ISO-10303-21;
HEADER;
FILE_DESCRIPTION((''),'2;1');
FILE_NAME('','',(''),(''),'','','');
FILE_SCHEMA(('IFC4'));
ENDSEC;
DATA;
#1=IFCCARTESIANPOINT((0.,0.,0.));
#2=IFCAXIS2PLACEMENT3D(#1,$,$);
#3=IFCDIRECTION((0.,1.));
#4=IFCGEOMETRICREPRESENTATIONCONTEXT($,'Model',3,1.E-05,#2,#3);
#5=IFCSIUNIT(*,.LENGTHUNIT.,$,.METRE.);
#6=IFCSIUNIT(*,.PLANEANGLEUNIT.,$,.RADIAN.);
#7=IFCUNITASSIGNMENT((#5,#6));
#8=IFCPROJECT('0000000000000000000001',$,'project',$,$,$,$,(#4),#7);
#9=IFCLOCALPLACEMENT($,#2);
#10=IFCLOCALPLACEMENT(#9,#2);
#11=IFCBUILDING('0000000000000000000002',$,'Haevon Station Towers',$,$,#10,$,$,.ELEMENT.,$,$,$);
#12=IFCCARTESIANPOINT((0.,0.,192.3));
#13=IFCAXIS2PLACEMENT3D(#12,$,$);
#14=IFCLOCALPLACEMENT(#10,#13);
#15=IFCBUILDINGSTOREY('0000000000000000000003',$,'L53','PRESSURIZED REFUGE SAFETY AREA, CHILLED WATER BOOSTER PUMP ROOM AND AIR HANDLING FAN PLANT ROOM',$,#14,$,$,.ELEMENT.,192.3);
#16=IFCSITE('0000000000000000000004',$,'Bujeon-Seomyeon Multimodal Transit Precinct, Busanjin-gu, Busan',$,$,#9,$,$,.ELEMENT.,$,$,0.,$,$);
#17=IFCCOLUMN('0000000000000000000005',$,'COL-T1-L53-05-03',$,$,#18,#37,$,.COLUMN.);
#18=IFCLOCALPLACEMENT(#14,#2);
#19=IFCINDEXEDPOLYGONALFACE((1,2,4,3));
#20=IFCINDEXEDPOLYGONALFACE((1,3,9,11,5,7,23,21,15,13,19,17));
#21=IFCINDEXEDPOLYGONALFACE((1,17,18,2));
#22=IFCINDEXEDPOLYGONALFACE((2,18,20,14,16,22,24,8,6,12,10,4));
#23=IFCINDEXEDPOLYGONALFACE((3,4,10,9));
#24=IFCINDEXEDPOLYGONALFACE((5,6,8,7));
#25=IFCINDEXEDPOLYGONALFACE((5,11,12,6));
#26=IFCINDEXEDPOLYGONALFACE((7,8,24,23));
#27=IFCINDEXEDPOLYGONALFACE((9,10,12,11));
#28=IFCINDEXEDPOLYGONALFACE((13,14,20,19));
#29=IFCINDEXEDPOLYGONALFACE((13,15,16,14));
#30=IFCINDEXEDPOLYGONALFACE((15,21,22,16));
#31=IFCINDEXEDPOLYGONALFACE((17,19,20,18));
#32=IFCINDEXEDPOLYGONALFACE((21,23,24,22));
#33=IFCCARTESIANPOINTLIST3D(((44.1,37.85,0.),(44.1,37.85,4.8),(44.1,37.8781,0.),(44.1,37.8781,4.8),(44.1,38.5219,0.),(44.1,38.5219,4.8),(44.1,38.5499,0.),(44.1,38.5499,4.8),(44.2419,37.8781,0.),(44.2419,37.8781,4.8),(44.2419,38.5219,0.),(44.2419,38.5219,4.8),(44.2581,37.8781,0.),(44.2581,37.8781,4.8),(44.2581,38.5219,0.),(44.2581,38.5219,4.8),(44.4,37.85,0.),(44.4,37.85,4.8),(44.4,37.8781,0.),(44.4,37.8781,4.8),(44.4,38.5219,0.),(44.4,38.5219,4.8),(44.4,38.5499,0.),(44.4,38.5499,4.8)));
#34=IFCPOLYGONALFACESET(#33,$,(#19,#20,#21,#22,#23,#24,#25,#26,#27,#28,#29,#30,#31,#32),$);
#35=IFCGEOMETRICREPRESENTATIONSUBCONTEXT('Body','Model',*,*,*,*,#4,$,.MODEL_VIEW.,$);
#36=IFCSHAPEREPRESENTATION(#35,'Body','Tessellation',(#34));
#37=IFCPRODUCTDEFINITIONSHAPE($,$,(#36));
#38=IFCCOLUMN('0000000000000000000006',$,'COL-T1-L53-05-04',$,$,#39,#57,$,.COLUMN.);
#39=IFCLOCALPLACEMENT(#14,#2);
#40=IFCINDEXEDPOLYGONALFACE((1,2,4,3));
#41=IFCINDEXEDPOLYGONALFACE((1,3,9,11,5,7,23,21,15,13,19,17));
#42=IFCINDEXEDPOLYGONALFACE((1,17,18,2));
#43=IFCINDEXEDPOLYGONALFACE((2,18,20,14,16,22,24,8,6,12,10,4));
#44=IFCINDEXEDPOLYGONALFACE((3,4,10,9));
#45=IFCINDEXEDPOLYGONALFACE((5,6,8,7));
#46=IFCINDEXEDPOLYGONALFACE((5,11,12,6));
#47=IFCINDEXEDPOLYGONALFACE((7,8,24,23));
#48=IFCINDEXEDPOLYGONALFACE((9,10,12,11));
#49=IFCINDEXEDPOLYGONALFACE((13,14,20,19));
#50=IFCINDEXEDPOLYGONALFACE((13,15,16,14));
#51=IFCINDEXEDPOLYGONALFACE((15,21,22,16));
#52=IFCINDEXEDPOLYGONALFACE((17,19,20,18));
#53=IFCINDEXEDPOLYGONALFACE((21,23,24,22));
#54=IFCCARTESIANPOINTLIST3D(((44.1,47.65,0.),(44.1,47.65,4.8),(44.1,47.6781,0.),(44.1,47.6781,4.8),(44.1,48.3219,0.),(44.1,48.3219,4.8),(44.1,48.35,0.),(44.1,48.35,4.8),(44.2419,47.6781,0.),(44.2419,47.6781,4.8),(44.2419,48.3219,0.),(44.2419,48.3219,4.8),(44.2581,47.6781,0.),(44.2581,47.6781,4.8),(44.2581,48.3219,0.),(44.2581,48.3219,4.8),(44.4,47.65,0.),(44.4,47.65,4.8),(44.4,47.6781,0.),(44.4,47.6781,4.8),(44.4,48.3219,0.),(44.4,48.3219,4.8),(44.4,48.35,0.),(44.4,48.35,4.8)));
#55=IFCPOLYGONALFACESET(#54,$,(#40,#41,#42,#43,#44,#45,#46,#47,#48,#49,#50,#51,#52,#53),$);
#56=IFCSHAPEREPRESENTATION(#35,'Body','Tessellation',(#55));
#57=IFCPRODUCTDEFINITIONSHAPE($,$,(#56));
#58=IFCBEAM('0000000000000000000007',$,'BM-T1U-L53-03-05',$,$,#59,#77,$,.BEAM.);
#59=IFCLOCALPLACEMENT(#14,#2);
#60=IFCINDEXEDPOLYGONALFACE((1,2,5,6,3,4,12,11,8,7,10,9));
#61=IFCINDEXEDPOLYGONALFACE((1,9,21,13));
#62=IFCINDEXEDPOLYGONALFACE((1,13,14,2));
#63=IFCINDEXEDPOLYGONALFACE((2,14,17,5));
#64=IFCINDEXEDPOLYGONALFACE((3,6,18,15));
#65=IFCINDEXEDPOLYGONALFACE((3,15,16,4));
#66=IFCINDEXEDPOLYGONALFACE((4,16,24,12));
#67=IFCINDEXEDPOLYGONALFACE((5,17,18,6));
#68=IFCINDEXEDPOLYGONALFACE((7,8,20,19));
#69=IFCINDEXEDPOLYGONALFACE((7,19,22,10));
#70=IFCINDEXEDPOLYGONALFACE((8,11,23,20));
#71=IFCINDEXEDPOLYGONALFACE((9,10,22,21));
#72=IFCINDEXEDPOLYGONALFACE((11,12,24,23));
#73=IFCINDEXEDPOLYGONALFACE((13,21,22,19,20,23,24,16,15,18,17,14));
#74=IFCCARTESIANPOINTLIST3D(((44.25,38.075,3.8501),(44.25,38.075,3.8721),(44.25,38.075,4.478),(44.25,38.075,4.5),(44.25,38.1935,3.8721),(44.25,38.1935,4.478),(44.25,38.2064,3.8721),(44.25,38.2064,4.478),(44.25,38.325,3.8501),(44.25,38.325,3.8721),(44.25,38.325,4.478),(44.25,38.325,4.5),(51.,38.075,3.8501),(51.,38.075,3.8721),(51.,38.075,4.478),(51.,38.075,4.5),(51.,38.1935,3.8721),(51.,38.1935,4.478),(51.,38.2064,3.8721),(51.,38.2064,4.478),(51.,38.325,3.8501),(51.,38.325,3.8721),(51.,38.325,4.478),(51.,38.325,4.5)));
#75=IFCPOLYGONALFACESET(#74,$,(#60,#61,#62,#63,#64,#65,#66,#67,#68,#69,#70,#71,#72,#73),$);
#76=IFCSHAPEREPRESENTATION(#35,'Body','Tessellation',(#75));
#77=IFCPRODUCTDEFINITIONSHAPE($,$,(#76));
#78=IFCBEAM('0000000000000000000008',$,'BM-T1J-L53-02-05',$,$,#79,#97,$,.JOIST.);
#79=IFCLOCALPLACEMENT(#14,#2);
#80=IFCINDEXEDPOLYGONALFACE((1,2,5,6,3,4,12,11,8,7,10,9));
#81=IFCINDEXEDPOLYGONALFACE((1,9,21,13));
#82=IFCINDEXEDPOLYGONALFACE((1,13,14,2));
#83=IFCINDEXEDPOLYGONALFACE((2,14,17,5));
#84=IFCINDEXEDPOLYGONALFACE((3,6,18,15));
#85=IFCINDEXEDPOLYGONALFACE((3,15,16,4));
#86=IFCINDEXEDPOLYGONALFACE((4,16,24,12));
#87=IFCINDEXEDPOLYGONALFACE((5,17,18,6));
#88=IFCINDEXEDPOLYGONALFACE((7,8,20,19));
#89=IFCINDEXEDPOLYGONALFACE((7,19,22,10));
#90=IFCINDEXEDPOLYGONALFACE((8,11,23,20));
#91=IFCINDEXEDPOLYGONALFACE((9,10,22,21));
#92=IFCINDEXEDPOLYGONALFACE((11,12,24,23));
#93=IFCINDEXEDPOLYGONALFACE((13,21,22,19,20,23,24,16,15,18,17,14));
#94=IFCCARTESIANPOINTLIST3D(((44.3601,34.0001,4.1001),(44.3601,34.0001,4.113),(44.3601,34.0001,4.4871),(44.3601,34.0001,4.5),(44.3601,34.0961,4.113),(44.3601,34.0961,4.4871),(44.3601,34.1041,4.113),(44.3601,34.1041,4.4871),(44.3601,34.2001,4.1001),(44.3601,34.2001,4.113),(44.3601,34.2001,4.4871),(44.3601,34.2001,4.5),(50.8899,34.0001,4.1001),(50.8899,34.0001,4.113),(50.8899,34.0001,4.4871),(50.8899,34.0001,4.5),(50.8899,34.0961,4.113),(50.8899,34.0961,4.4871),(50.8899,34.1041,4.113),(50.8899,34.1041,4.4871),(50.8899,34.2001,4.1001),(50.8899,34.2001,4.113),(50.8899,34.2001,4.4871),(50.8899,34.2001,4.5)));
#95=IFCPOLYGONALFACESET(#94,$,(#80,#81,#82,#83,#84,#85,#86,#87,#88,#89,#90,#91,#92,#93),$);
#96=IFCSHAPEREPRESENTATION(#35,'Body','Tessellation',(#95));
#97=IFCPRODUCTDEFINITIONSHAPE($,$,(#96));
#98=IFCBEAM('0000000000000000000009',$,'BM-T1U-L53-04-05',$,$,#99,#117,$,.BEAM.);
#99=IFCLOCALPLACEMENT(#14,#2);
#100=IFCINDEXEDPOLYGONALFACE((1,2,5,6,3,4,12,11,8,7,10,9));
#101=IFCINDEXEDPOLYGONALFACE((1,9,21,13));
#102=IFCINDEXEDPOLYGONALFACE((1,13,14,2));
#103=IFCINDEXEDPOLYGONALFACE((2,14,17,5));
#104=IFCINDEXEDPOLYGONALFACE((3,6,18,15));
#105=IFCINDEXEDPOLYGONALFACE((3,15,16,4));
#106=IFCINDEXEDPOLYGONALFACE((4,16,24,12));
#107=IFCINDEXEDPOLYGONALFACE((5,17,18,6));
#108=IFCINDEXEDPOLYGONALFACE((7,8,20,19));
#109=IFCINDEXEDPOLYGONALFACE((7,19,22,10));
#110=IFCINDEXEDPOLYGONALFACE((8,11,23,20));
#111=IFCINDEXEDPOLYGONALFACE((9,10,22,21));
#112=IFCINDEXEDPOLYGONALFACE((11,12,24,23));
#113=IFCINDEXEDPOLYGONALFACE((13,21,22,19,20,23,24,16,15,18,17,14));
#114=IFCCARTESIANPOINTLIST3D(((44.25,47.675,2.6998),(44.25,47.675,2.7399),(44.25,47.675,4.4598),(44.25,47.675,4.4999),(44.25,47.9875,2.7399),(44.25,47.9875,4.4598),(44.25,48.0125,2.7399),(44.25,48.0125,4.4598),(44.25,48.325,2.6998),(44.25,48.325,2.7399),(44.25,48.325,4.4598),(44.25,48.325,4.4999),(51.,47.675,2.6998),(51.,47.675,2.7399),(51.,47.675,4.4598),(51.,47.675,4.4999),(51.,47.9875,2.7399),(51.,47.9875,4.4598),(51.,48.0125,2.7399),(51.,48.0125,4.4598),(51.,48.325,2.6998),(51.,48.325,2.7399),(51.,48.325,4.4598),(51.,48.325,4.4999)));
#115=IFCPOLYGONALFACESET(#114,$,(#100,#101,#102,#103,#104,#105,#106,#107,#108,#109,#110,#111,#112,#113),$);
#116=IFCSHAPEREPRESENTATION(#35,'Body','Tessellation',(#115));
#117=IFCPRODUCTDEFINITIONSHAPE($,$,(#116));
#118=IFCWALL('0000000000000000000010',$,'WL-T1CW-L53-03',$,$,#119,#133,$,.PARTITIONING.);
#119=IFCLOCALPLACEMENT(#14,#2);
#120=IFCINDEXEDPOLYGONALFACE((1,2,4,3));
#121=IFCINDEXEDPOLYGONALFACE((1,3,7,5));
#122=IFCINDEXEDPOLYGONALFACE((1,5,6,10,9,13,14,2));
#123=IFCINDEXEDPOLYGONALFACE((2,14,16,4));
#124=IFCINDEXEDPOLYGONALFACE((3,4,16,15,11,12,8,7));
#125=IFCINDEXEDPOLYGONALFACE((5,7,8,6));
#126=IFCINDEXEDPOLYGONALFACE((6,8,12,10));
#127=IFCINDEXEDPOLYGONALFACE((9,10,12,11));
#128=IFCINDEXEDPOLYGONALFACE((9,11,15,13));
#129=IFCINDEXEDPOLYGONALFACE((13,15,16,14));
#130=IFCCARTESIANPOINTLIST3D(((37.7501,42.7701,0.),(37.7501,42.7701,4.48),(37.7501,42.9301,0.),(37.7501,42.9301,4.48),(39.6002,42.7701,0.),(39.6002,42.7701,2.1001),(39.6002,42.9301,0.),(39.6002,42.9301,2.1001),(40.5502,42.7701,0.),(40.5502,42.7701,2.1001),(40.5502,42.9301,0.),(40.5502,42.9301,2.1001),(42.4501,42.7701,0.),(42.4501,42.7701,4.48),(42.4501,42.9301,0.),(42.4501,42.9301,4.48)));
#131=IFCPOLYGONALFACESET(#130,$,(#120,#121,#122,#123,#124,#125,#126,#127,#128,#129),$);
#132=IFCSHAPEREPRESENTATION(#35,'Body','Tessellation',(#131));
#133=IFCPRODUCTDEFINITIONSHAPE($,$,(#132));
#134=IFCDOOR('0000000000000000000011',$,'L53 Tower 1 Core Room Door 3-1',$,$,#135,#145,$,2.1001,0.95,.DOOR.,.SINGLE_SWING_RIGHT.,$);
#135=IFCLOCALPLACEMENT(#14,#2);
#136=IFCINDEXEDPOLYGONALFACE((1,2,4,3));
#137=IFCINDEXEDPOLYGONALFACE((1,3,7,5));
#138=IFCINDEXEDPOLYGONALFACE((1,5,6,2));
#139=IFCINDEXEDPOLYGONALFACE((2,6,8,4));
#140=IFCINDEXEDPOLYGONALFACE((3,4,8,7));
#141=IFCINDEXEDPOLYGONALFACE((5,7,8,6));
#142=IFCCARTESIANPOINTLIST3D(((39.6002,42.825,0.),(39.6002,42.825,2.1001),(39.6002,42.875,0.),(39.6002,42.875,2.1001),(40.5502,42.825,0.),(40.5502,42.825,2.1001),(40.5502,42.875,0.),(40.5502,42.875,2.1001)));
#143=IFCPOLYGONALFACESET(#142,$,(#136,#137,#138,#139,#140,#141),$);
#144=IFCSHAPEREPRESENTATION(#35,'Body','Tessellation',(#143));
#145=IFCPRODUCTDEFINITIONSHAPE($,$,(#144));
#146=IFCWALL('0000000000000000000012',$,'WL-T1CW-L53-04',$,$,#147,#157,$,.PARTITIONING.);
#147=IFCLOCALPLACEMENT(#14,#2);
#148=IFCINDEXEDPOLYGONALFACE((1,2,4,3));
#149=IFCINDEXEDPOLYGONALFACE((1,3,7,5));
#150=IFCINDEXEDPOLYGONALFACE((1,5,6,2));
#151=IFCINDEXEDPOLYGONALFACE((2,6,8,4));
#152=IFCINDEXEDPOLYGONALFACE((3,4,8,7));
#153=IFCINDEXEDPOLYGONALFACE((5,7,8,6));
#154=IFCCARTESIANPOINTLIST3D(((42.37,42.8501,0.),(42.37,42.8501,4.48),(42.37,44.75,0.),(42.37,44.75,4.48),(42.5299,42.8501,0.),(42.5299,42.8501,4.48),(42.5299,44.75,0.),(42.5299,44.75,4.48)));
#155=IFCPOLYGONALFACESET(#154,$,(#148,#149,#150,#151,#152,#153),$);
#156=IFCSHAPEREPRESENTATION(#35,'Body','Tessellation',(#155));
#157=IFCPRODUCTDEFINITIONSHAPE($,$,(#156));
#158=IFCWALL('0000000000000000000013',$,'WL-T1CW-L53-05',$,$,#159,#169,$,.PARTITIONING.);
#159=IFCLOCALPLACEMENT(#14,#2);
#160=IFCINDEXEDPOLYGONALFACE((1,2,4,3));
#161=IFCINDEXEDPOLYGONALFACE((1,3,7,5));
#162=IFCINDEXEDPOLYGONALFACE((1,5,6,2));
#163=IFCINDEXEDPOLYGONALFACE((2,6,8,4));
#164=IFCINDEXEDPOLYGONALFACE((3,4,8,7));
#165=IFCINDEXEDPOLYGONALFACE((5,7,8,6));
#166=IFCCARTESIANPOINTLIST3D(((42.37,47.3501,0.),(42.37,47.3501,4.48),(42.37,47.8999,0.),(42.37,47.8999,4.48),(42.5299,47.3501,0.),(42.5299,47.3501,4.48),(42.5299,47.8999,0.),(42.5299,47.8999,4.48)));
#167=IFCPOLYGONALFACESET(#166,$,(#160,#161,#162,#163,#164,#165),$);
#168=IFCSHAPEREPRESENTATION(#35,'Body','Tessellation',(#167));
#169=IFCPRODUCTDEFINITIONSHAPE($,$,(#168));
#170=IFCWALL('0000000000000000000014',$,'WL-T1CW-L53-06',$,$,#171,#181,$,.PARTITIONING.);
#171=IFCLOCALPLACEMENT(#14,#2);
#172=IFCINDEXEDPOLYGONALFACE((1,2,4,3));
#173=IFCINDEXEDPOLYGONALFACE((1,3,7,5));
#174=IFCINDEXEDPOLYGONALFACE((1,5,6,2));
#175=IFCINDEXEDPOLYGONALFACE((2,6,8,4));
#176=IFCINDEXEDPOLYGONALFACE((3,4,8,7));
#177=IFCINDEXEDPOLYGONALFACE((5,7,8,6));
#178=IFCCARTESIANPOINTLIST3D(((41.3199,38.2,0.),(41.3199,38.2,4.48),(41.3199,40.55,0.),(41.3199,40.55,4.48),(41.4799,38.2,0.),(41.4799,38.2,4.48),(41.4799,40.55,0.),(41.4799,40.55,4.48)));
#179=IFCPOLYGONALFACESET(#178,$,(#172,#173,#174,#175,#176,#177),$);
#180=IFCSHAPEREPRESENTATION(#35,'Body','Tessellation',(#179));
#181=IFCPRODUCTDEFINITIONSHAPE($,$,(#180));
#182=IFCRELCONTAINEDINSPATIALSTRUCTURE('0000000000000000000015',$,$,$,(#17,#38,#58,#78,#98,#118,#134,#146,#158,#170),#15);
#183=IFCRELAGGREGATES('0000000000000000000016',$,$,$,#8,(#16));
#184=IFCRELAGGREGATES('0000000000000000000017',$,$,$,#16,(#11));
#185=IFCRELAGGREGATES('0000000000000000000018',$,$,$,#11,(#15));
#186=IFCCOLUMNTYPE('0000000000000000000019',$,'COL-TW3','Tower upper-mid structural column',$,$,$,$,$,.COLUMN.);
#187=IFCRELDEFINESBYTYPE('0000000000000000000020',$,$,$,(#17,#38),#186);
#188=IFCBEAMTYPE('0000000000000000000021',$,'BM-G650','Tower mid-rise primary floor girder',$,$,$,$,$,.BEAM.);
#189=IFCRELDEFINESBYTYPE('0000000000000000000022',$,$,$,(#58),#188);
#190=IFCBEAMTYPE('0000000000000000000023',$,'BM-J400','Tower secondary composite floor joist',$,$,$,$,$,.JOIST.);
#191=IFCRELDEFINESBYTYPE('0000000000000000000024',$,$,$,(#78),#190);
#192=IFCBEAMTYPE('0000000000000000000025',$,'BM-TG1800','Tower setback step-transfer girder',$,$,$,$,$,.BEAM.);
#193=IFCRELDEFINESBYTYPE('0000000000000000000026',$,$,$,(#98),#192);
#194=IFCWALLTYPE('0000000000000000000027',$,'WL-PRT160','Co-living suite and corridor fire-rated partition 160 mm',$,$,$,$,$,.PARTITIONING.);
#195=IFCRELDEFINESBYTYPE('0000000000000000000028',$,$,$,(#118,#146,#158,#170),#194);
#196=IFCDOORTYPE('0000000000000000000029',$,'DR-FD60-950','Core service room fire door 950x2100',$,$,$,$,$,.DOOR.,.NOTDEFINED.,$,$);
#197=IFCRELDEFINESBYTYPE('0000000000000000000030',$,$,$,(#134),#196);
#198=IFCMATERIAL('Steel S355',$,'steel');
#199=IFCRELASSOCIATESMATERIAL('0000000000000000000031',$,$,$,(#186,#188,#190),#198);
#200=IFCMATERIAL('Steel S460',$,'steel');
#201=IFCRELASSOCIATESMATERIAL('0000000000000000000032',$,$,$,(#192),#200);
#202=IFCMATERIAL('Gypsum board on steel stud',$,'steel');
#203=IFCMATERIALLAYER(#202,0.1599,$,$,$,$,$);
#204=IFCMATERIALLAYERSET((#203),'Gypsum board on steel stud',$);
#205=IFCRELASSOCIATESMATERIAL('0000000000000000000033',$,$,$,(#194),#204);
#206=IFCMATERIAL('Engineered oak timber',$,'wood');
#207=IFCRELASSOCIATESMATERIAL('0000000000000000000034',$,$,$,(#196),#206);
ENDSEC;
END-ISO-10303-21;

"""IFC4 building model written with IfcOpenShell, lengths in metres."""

from ifc_helpers import new_model, si_unit, direction, frame, frame_2d, origin, origin_2d, place, context, subcontext, project, spatial, rectangle, i_section, extrude, material, layer, layer_set, material_profile, profile_set, type_object, element, fill, save


model = new_model("IFC4")

# Units and contexts
model_context = context("Model", 3, precision=1e-05, world=origin(), true_north=direction((0.0, 1.0)))
body_context = subcontext(model_context, "Body", "Model", "MODEL_VIEW")
ifc_project = project(units=[si_unit("LENGTHUNIT", "METRE"), si_unit("PLANEANGLEUNIT", "RADIAN")], contexts=[model_context])

# Site, building, storey
site_placement = place(None, origin())
site = spatial("IfcSite", under=ifc_project, at=site_placement, Name="Bujeon-Seomyeon Multimodal Transit Precinct, Busanjin-gu, Busan", CompositionType="ELEMENT", RefElevation=0.0)
building_placement = place(site_placement, origin())
building = spatial("IfcBuilding", under=site, at=building_placement, Name="Haevon Station Towers", CompositionType="ELEMENT")
storey_placement = place(building_placement, frame((0.0, 0.0, 192.3)))
storey = spatial("IfcBuildingStorey", under=building, at=storey_placement, Name="L53", Description="PRESSURIZED REFUGE SAFETY AREA, CHILLED WATER BOOSTER PUMP ROOM AND AIR HANDLING FAN PLANT ROOM", CompositionType="ELEMENT", Elevation=192.3)

# Columns
ifc_material_1 = material(Name="Steel S355", Category="steel")
ifc_material_profile_1 = material_profile(ifc_material_1, i_section(OverallWidth=0.3, OverallDepth=0.7, WebThickness=0.0161, FlangeThickness=0.0281, at=origin_2d()), Name="H-700x300x16x28")
ifc_profile_set_1 = profile_set([ifc_material_profile_1], Name="Steel S355")
column_type = type_object("IfcColumnType", Name="COL-TW3", Description="Tower upper-mid structural column", PredefinedType="COLUMN", material=ifc_profile_set_1)
for number, where, z_axis, x_axis, name in (
    (1, (44.25, 38.2, 0.0), (0.0, 0.0, 1.0), (1.0, 0.0, 0.0), "COL-T1-L53-05-03"),
    (2, (44.25, 48.0, 0.0), (0.0, 0.0, 1.0), (1.0, 0.0, 0.0), "COL-T1-L53-05-04"),
):
    element("IfcColumn", number, at=place(storey_placement, frame(where, z_axis=z_axis, x_axis=x_axis)), inside=storey, type_object=column_type, Name=name, PredefinedType="COLUMN", context=body_context, shape_type="SweptSolid", body=[
        extrude(i_section(OverallWidth=0.3, OverallDepth=0.7, WebThickness=0.0161, FlangeThickness=0.0281, at=origin_2d()), origin(), (0.0, 0.0, 1.0), 4.8),
    ])

# Beams
ifc_material_profile_2 = material_profile(ifc_material_1, i_section(OverallWidth=0.25, OverallDepth=0.6499, WebThickness=0.0129, FlangeThickness=0.022, at=origin_2d()), Name="H-650x250x13x22")
ifc_profile_set_2 = profile_set([ifc_material_profile_2], Name="Steel S355")
beam_type_1 = type_object("IfcBeamType", Name="BM-G650", Description="Tower mid-rise primary floor girder", PredefinedType="BEAM", material=ifc_profile_set_2)
beam_1_placement = place(storey_placement, frame((44.25, 38.2, 4.175), z_axis=(1.0, 0.0, 0.0), x_axis=(0.0, 1.0, 0.0)))
element("IfcBeam", 3, at=beam_1_placement, inside=storey, type_object=beam_type_1, Name="BM-T1U-L53-03-05", PredefinedType="BEAM", context=body_context, shape_type="SweptSolid", body=[
    extrude(i_section(OverallWidth=0.25, OverallDepth=0.6499, WebThickness=0.0129, FlangeThickness=0.022, at=origin_2d()), origin(), (0.0, 0.0, 1.0), 6.75),
])
ifc_material_profile_3 = material_profile(ifc_material_1, i_section(OverallWidth=0.2, OverallDepth=0.3999, WebThickness=0.0081, FlangeThickness=0.0129, at=origin_2d()), Name="H-400x200x8x13")
ifc_profile_set_3 = profile_set([ifc_material_profile_3], Name="Steel S355")
beam_type_2 = type_object("IfcBeamType", Name="BM-J400", Description="Tower secondary composite floor joist", PredefinedType="JOIST", material=ifc_profile_set_3)
beam_2_placement = place(storey_placement, frame((44.3601, 34.1001, 4.3), z_axis=(1.0, 0.0, 0.0), x_axis=(0.0, 1.0, 0.0)))
element("IfcBeam", 4, at=beam_2_placement, inside=storey, type_object=beam_type_2, Name="BM-T1J-L53-02-05", PredefinedType="JOIST", context=body_context, shape_type="SweptSolid", body=[
    extrude(i_section(OverallWidth=0.2, OverallDepth=0.3999, WebThickness=0.0081, FlangeThickness=0.0129, at=origin_2d()), origin(), (0.0, 0.0, 1.0), 6.5298),
])
ifc_material_2 = material(Name="Steel S460", Category="steel")
ifc_material_profile_4 = material_profile(ifc_material_2, i_section(OverallWidth=0.6499, OverallDepth=1.8, WebThickness=0.0249, FlangeThickness=0.04, at=origin_2d()), Name="H-1800x650x25x40")
ifc_profile_set_4 = profile_set([ifc_material_profile_4], Name="Steel S460")
beam_type_3 = type_object("IfcBeamType", Name="BM-TG1800", Description="Tower setback step-transfer girder", PredefinedType="BEAM", material=ifc_profile_set_4)
beam_3_placement = place(storey_placement, frame((44.25, 48.0, 3.5999), z_axis=(1.0, 0.0, 0.0), x_axis=(0.0, 1.0, 0.0)))
element("IfcBeam", 5, at=beam_3_placement, inside=storey, type_object=beam_type_3, Name="BM-T1U-L53-04-05", PredefinedType="BEAM", context=body_context, shape_type="SweptSolid", body=[
    extrude(i_section(OverallWidth=0.6499, OverallDepth=1.8, WebThickness=0.0249, FlangeThickness=0.04, at=origin_2d()), origin(), (0.0, 0.0, 1.0), 6.75),
])

# Wall, opening, door
ifc_material_3 = material(Name="Gypsum board on steel stud", Category="steel")
ifc_layer_1 = layer(ifc_material_3, 0.1599)
ifc_layer_set_1 = layer_set([ifc_layer_1], Name="Gypsum board on steel stud")
wall_type_1 = type_object("IfcWallType", Name="WL-PRT160", Description="Co-living suite and corridor fire-rated partition 160 mm", PredefinedType="PARTITIONING", material=ifc_layer_set_1)
wall_1_placement = place(storey_placement, frame((37.75, 42.8501, 0.0), z_axis=(0.0, 0.0, 1.0), x_axis=(1.0, 0.0, 0.0)))
wall_1 = element("IfcWall", 6, at=wall_1_placement, inside=storey, type_object=wall_type_1, Name="WL-T1CW-L53-03", PredefinedType="PARTITIONING", context=body_context, shape_type="SweptSolid", body=[
    extrude(rectangle(XDim=4.7, YDim=0.1599, at=frame_2d((2.3501, 0.0))), origin(), (0.0, 0.0, 1.0), 4.48),
])
opening_1_placement = place(wall_1_placement, frame((1.8501, 0.0, 0.0)))
opening_1 = element("IfcOpeningElement", 7, at=opening_1_placement, cuts=wall_1, PredefinedType="OPENING", context=body_context, shape_type="SweptSolid", body=[
    extrude(rectangle(XDim=0.95, YDim=2.1001, at=frame_2d((0.4751, 1.05))), frame((0.0, 0.0898, 0.0), z_axis=(0.0, -1.0, 0.0), x_axis=(1.0, 0.0, 0.0)), (0.0, 0.0, 1.0), 0.1799),
])
ifc_material_4 = material(Name="Engineered oak timber", Category="wood")
door_type_1 = type_object("IfcDoorType", Name="DR-FD60-950", Description="Core service room fire door 950x2100", OperationType="NOTDEFINED", PredefinedType="DOOR", material=ifc_material_4)
door_1_placement = place(opening_1_placement, origin())
door_1 = element("IfcDoor", 8, at=door_1_placement, inside=storey, type_object=door_type_1, Name="L53 Tower 1 Core Room Door 3-1", OperationType="SINGLE_SWING_RIGHT", OverallHeight=2.1001, OverallWidth=0.95, PredefinedType="DOOR", context=body_context, shape_type="SweptSolid", body=[
    extrude(rectangle(XDim=0.95, YDim=2.1001, at=frame_2d((0.4751, 1.05))), frame((0.0, 0.0249, 0.0), z_axis=(0.0, -1.0, 0.0), x_axis=(1.0, 0.0, 0.0)), (0.0, 0.0, 1.0), 0.05),
])
fill(opening_1, door_1)

# Walls
wall_2_placement = place(storey_placement, frame((42.45, 42.8501, 0.0), z_axis=(0.0, 0.0, 1.0), x_axis=(0.0, 1.0, 0.0)))
element("IfcWall", 9, at=wall_2_placement, inside=storey, type_object=wall_type_1, Name="WL-T1CW-L53-04", PredefinedType="PARTITIONING", context=body_context, shape_type="SweptSolid", body=[
    extrude(rectangle(XDim=1.8999, YDim=0.1599, at=frame_2d((0.95, 0.0))), origin(), (0.0, 0.0, 1.0), 4.48),
])
wall_3_placement = place(storey_placement, frame((42.45, 47.3501, 0.0), z_axis=(0.0, 0.0, 1.0), x_axis=(0.0, 1.0, 0.0)))
element("IfcWall", 10, at=wall_3_placement, inside=storey, type_object=wall_type_1, Name="WL-T1CW-L53-05", PredefinedType="PARTITIONING", context=body_context, shape_type="SweptSolid", body=[
    extrude(rectangle(XDim=0.5498, YDim=0.1599, at=frame_2d((0.2749, 0.0))), origin(), (0.0, 0.0, 1.0), 4.48),
])
for number, where, z_axis, x_axis, name in (
    (11, (41.3999, 38.2, 0.0), (0.0, 0.0, 1.0), (0.0, 1.0, 0.0), "WL-T1CW-L53-06"),
):
    element("IfcWall", number, at=place(storey_placement, frame(where, z_axis=z_axis, x_axis=x_axis)), inside=storey, type_object=wall_type_1, Name=name, PredefinedType="PARTITIONING", context=body_context, shape_type="SweptSolid", body=[
        extrude(rectangle(XDim=2.3501, YDim=0.1599, at=frame_2d((1.175, 0.0))), origin(), (0.0, 0.0, 1.0), 4.48),
    ])

save(model, "model.ifc")
